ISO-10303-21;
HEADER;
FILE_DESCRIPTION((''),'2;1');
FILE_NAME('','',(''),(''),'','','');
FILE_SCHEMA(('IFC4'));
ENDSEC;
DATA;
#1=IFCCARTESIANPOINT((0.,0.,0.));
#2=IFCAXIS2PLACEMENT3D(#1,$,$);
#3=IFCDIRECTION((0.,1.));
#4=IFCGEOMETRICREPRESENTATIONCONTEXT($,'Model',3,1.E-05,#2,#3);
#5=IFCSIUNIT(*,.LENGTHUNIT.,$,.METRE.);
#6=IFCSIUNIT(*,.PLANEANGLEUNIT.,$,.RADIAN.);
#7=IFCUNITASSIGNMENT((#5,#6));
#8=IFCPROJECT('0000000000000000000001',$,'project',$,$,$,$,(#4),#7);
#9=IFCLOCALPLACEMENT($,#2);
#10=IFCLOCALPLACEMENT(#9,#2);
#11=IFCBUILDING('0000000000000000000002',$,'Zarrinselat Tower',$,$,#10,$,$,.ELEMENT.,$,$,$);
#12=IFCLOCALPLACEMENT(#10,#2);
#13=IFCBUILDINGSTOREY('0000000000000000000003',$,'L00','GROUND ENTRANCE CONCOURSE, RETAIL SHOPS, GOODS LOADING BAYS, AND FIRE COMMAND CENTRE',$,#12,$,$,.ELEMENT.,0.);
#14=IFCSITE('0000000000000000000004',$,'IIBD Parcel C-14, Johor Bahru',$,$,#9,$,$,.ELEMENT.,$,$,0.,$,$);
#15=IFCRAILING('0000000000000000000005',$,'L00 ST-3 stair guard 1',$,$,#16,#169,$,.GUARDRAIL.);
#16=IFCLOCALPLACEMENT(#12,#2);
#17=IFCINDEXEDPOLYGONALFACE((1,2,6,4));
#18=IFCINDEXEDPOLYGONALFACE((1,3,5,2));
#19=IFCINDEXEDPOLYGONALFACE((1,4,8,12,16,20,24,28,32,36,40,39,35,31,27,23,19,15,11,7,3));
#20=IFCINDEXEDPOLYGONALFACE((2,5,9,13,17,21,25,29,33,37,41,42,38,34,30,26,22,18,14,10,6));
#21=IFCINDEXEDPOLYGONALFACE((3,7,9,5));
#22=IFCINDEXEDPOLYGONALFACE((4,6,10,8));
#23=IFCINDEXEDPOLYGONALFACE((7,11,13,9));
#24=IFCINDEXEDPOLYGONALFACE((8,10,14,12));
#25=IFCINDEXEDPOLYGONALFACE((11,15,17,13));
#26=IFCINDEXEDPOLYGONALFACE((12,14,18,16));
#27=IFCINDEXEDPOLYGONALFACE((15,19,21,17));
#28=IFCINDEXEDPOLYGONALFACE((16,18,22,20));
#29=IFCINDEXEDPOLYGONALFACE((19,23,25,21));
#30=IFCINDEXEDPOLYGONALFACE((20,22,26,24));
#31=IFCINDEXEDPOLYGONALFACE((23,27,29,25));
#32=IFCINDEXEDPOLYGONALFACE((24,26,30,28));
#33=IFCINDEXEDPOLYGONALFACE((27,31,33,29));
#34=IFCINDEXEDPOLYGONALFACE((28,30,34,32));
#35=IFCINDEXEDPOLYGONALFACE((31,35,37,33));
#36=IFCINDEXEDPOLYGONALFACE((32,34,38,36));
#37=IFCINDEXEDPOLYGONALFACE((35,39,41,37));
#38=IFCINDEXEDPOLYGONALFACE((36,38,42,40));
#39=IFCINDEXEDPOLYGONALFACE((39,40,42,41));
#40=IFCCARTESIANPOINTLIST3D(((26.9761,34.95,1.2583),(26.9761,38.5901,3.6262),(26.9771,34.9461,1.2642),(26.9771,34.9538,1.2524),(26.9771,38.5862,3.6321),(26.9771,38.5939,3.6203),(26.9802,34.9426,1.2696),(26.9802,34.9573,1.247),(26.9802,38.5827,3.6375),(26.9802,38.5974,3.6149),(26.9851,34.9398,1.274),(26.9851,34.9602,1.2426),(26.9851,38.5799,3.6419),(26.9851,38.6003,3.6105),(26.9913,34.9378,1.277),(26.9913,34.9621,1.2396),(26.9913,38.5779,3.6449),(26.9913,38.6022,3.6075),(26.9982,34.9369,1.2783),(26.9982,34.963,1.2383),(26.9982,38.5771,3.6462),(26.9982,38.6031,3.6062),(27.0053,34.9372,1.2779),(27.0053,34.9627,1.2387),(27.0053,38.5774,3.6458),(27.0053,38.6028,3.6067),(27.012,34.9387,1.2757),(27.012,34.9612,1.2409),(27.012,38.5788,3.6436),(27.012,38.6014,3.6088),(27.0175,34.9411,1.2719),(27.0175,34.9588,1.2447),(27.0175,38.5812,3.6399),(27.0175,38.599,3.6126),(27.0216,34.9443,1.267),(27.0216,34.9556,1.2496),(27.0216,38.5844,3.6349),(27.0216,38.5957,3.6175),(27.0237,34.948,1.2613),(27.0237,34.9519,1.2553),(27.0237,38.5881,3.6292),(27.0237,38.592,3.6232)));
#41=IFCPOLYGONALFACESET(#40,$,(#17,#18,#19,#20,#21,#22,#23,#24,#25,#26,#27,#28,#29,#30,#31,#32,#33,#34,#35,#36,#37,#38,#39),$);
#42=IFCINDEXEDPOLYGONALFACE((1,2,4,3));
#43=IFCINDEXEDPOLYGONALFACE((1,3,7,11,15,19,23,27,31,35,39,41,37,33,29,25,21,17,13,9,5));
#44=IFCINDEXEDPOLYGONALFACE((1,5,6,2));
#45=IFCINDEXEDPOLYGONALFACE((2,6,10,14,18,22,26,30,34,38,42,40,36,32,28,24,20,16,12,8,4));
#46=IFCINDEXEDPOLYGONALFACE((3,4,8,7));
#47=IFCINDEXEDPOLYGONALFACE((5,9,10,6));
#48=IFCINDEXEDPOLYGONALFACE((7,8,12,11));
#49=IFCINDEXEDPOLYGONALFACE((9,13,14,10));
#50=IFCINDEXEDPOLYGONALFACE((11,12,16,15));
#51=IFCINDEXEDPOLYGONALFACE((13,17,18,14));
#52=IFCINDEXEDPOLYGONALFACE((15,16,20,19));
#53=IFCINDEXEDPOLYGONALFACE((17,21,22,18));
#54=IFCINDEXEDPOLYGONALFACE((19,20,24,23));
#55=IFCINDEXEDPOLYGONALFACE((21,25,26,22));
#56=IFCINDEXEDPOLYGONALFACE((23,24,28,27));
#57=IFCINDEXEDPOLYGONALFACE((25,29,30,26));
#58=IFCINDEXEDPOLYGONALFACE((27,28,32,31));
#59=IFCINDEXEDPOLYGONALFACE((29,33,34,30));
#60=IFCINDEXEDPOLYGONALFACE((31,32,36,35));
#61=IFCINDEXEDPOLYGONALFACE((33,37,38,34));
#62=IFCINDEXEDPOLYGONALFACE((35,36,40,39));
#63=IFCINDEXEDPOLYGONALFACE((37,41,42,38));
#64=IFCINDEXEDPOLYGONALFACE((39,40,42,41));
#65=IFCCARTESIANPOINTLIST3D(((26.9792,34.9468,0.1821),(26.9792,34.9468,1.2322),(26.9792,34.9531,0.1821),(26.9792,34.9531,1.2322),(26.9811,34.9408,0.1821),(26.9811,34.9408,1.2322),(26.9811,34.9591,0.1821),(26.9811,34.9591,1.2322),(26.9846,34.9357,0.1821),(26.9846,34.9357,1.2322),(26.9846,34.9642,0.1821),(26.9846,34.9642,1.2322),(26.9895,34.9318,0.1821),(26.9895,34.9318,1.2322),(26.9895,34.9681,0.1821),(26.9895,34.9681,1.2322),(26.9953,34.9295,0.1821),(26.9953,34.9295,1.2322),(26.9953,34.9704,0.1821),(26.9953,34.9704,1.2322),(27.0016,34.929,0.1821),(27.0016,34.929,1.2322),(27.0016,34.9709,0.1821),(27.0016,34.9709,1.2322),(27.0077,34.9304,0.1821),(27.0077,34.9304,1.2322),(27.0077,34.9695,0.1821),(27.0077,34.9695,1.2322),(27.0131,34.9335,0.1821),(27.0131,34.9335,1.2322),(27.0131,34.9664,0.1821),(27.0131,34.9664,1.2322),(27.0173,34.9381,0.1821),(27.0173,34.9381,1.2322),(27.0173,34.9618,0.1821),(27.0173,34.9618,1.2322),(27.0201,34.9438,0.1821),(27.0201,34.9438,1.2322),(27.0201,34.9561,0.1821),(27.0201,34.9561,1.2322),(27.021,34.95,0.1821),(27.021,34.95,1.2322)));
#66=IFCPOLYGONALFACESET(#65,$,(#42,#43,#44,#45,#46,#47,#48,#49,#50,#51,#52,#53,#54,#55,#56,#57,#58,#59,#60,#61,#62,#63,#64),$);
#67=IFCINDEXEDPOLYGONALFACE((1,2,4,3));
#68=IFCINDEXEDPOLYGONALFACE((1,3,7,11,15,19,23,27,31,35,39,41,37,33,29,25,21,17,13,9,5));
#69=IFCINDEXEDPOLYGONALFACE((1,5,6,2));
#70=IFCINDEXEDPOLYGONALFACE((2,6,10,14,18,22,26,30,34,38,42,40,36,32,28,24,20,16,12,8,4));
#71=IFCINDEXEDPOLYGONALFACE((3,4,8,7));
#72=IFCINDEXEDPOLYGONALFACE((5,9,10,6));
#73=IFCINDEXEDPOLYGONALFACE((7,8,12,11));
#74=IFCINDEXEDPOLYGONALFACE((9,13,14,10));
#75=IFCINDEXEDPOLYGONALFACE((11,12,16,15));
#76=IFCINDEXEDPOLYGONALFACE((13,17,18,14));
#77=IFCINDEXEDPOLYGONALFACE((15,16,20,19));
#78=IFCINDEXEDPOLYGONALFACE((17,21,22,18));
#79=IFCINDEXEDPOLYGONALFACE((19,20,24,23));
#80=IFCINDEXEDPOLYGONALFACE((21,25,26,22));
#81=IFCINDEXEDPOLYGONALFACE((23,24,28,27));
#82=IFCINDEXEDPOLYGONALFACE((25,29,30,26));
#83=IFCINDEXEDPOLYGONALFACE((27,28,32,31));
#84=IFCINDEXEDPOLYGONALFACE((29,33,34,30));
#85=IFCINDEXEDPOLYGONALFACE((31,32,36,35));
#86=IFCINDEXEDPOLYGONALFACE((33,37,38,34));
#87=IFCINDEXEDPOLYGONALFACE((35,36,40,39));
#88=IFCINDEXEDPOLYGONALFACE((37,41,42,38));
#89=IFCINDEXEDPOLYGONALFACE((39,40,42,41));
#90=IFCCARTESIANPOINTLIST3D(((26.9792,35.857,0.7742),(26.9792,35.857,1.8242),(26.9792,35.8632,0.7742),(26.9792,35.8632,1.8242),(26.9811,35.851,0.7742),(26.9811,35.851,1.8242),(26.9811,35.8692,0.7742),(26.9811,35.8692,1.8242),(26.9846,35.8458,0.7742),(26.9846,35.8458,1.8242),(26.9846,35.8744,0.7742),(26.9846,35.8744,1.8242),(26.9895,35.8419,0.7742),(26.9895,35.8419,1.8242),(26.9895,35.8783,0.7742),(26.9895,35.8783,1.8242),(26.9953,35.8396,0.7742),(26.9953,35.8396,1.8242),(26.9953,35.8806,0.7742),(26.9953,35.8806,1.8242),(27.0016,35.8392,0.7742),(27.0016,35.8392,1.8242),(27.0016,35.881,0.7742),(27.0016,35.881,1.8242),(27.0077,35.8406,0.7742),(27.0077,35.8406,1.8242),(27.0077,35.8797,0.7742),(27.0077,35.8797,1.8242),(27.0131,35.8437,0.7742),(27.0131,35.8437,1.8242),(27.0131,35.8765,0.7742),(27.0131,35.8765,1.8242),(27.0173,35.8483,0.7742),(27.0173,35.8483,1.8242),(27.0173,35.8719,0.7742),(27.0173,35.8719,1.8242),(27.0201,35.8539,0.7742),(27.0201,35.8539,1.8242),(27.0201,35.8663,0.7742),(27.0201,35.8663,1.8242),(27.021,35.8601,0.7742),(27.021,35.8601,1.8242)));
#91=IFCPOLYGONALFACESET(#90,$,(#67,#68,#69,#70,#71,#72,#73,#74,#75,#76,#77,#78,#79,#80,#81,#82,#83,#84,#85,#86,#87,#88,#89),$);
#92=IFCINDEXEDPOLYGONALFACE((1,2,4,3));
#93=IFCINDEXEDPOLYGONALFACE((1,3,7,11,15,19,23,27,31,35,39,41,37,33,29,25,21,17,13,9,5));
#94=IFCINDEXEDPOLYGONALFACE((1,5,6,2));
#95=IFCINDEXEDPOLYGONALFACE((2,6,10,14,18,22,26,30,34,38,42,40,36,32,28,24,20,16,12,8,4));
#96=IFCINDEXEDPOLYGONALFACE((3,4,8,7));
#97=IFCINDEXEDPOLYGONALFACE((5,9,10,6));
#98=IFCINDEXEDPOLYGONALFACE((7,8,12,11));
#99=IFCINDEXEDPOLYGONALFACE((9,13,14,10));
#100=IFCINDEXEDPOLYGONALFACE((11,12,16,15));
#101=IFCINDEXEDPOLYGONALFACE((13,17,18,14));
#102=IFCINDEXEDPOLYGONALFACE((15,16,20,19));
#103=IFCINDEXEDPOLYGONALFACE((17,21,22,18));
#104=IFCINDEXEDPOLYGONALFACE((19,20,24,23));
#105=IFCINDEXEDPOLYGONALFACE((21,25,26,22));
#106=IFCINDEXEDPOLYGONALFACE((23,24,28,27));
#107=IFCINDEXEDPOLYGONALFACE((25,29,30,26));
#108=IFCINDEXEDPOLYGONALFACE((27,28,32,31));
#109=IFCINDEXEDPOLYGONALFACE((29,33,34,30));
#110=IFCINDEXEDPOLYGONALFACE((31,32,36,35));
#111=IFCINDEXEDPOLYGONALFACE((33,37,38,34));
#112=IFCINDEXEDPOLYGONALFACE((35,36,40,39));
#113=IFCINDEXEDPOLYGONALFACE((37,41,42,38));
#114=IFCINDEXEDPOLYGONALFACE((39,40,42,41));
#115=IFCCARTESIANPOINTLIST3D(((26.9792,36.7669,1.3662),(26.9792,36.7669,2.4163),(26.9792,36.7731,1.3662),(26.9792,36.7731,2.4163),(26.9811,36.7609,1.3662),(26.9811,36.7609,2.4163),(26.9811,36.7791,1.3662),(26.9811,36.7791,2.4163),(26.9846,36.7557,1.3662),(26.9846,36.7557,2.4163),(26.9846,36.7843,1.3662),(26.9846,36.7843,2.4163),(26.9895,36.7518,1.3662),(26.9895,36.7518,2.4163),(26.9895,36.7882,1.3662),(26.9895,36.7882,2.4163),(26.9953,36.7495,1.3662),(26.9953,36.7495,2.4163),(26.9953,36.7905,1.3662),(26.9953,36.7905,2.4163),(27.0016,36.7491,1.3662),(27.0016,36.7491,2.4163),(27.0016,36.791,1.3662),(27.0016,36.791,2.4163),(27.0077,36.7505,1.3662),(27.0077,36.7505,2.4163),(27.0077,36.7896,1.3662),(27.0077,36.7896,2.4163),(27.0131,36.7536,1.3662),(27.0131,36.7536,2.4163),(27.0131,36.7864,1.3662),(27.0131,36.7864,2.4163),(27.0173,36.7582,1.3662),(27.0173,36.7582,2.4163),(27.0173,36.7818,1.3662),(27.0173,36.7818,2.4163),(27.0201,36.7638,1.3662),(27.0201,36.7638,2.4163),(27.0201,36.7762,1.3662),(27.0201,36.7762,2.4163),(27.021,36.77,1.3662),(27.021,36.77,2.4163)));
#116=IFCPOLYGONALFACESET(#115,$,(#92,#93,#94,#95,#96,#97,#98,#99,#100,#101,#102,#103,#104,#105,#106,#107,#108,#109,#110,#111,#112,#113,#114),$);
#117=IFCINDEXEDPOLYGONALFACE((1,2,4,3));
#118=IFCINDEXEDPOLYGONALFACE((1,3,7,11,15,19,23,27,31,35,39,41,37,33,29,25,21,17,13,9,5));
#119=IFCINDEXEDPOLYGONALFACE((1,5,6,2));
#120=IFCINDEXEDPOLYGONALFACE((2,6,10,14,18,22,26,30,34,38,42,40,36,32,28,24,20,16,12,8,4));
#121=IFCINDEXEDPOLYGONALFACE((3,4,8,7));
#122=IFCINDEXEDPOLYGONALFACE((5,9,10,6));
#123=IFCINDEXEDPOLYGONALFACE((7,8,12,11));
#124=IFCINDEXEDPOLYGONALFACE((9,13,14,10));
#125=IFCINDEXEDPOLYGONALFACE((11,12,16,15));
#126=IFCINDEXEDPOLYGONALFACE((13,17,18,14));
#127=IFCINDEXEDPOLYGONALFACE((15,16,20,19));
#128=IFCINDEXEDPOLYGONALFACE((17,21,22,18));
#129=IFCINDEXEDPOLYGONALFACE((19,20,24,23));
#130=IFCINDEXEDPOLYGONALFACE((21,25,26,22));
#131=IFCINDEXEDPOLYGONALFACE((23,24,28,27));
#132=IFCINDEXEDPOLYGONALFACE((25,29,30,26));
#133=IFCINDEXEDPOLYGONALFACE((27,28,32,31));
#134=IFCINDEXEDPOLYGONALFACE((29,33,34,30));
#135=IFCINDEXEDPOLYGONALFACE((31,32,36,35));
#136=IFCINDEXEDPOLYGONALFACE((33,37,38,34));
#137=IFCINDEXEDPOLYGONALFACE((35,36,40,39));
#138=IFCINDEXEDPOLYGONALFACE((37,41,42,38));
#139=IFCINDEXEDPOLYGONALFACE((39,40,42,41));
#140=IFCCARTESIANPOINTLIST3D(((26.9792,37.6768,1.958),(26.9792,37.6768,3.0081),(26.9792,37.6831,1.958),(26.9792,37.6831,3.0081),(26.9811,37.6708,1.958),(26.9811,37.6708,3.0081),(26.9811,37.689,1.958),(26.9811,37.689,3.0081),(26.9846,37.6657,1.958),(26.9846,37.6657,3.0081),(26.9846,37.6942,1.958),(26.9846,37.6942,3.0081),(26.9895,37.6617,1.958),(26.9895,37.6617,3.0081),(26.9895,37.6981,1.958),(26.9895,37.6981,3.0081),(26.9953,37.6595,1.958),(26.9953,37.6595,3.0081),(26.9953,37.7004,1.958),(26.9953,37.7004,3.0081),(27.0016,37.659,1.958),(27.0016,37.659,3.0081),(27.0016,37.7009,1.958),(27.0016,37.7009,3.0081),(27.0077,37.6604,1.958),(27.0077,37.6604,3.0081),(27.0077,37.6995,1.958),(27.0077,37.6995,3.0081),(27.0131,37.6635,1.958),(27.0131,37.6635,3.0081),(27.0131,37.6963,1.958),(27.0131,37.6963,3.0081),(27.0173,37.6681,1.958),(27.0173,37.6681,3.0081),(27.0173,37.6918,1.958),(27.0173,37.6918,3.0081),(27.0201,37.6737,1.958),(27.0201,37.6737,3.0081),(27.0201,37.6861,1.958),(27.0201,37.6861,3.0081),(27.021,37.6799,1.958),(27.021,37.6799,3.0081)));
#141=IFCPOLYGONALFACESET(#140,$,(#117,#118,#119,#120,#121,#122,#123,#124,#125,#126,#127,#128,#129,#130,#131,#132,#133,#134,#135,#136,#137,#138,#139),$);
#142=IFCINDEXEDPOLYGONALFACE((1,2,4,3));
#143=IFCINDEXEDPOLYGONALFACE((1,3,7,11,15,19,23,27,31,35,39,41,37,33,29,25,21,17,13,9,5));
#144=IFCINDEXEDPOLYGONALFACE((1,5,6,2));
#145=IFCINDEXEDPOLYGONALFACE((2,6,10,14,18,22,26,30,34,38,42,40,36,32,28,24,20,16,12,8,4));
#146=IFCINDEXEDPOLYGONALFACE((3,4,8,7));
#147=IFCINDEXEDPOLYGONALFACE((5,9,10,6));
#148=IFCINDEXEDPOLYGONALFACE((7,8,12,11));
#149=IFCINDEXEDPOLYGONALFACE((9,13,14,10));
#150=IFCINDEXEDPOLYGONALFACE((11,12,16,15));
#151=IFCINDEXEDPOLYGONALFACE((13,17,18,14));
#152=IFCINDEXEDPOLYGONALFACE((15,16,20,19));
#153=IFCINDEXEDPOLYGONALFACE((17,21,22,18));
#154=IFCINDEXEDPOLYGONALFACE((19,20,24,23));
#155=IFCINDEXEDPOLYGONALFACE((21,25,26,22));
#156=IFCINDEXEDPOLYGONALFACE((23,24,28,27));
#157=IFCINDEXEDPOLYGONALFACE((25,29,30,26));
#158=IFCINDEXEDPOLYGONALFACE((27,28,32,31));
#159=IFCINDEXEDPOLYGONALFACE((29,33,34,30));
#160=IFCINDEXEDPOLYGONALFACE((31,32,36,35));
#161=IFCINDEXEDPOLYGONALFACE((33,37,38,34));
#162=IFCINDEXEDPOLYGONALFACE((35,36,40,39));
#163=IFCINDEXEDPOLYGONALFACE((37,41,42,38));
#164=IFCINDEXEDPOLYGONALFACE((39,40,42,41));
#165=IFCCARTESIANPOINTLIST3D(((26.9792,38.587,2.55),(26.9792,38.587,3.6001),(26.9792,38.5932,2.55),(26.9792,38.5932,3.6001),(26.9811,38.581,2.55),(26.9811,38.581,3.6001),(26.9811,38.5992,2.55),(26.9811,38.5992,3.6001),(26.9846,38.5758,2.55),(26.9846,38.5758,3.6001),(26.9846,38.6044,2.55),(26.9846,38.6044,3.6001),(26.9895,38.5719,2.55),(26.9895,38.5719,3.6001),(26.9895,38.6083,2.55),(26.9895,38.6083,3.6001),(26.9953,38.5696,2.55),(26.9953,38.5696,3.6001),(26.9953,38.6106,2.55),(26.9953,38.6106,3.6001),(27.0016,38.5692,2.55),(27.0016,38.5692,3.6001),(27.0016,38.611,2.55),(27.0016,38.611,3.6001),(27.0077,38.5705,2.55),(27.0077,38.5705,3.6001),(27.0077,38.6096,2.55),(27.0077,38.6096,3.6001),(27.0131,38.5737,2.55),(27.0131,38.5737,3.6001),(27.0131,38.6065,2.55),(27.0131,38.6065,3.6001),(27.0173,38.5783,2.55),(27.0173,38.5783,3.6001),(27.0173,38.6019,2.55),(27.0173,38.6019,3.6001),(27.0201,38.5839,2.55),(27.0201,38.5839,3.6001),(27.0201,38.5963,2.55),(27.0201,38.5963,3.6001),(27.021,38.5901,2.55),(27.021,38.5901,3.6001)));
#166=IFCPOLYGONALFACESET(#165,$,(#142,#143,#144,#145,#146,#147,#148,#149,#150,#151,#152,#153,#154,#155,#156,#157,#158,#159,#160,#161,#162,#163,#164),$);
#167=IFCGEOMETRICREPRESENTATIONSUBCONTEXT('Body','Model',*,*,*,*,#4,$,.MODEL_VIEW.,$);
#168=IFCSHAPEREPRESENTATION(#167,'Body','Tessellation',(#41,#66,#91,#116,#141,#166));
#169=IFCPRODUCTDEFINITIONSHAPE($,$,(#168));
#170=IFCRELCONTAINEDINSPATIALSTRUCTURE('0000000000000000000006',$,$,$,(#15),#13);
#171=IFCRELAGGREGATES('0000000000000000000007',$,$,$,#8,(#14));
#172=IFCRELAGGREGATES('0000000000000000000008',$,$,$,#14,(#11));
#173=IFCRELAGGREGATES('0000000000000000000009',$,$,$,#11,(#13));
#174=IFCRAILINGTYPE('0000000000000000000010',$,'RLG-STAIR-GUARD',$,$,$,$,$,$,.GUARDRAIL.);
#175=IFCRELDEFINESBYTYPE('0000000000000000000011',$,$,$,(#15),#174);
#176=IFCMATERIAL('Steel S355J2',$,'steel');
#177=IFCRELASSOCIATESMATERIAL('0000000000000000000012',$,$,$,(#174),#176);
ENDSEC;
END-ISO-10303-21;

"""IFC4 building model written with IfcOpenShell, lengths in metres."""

from ifc_helpers import new_model, si_unit, direction, frame, origin, origin_2d, place, context, subcontext, project, spatial, circle, extrude, material, type_object, element, save


model = new_model("IFC4")

# Units and contexts
model_context = context("Model", 3, precision=1e-05, world=origin(), true_north=direction((0.0, 1.0)))
body_context = subcontext(model_context, "Body", "Model", "MODEL_VIEW")
ifc_project = project(units=[si_unit("LENGTHUNIT", "METRE"), si_unit("PLANEANGLEUNIT", "RADIAN")], contexts=[model_context])

# Site, building, storey
site_placement = place(None, origin())
site = spatial("IfcSite", under=ifc_project, at=site_placement, Name="IIBD Parcel C-14, Johor Bahru", CompositionType="ELEMENT", RefElevation=0.0)
building_placement = place(site_placement, origin())
building = spatial("IfcBuilding", under=site, at=building_placement, Name="Zarrinselat Tower", CompositionType="ELEMENT")
storey_placement = place(building_placement, origin())
storey = spatial("IfcBuildingStorey", under=building, at=storey_placement, Name="L00", Description="GROUND ENTRANCE CONCOURSE, RETAIL SHOPS, GOODS LOADING BAYS, AND FIRE COMMAND CENTRE", CompositionType="ELEMENT", Elevation=0.0)

# Railing
ifc_material_1 = material(Name="Steel S355J2", Category="steel")
railing_type_1 = type_object("IfcRailingType", Name="RLG-STAIR-GUARD", PredefinedType="GUARDRAIL", material=ifc_material_1)
railing_1_placement = place(storey_placement, frame((27.0, 34.95, 0.1821)))
element("IfcRailing", 1, at=railing_1_placement, inside=storey, type_object=railing_type_1, Name="L00 ST-3 stair guard 1", PredefinedType="GUARDRAIL", context=body_context, shape_type="SweptSolid", body=[
    extrude(circle(Radius=0.0239, at=origin_2d()), frame((0.0, 0.0, 1.0762), z_axis=(0.0, 0.838251, 0.545285), x_axis=(-1.0, 0.0, 0.0)), (0.0, 0.0, 1.0), 4.3425),
    extrude(circle(Radius=0.021, at=origin_2d()), origin(), (0.0, 0.0, 1.0), 1.05),
    extrude(circle(Radius=0.021, at=origin_2d()), frame((0.0, 0.9102, 0.592)), (0.0, 0.0, 1.0), 1.05),
    extrude(circle(Radius=0.021, at=origin_2d()), frame((0.0, 1.8201, 1.1841)), (0.0, 0.0, 1.0), 1.05),
    extrude(circle(Radius=0.021, at=origin_2d()), frame((0.0, 2.73, 1.7759)), (0.0, 0.0, 1.0), 1.05),
    extrude(circle(Radius=0.021, at=origin_2d()), frame((0.0, 3.6401, 2.3679)), (0.0, 0.0, 1.0), 1.05),
])

save(model, "model.ifc")
